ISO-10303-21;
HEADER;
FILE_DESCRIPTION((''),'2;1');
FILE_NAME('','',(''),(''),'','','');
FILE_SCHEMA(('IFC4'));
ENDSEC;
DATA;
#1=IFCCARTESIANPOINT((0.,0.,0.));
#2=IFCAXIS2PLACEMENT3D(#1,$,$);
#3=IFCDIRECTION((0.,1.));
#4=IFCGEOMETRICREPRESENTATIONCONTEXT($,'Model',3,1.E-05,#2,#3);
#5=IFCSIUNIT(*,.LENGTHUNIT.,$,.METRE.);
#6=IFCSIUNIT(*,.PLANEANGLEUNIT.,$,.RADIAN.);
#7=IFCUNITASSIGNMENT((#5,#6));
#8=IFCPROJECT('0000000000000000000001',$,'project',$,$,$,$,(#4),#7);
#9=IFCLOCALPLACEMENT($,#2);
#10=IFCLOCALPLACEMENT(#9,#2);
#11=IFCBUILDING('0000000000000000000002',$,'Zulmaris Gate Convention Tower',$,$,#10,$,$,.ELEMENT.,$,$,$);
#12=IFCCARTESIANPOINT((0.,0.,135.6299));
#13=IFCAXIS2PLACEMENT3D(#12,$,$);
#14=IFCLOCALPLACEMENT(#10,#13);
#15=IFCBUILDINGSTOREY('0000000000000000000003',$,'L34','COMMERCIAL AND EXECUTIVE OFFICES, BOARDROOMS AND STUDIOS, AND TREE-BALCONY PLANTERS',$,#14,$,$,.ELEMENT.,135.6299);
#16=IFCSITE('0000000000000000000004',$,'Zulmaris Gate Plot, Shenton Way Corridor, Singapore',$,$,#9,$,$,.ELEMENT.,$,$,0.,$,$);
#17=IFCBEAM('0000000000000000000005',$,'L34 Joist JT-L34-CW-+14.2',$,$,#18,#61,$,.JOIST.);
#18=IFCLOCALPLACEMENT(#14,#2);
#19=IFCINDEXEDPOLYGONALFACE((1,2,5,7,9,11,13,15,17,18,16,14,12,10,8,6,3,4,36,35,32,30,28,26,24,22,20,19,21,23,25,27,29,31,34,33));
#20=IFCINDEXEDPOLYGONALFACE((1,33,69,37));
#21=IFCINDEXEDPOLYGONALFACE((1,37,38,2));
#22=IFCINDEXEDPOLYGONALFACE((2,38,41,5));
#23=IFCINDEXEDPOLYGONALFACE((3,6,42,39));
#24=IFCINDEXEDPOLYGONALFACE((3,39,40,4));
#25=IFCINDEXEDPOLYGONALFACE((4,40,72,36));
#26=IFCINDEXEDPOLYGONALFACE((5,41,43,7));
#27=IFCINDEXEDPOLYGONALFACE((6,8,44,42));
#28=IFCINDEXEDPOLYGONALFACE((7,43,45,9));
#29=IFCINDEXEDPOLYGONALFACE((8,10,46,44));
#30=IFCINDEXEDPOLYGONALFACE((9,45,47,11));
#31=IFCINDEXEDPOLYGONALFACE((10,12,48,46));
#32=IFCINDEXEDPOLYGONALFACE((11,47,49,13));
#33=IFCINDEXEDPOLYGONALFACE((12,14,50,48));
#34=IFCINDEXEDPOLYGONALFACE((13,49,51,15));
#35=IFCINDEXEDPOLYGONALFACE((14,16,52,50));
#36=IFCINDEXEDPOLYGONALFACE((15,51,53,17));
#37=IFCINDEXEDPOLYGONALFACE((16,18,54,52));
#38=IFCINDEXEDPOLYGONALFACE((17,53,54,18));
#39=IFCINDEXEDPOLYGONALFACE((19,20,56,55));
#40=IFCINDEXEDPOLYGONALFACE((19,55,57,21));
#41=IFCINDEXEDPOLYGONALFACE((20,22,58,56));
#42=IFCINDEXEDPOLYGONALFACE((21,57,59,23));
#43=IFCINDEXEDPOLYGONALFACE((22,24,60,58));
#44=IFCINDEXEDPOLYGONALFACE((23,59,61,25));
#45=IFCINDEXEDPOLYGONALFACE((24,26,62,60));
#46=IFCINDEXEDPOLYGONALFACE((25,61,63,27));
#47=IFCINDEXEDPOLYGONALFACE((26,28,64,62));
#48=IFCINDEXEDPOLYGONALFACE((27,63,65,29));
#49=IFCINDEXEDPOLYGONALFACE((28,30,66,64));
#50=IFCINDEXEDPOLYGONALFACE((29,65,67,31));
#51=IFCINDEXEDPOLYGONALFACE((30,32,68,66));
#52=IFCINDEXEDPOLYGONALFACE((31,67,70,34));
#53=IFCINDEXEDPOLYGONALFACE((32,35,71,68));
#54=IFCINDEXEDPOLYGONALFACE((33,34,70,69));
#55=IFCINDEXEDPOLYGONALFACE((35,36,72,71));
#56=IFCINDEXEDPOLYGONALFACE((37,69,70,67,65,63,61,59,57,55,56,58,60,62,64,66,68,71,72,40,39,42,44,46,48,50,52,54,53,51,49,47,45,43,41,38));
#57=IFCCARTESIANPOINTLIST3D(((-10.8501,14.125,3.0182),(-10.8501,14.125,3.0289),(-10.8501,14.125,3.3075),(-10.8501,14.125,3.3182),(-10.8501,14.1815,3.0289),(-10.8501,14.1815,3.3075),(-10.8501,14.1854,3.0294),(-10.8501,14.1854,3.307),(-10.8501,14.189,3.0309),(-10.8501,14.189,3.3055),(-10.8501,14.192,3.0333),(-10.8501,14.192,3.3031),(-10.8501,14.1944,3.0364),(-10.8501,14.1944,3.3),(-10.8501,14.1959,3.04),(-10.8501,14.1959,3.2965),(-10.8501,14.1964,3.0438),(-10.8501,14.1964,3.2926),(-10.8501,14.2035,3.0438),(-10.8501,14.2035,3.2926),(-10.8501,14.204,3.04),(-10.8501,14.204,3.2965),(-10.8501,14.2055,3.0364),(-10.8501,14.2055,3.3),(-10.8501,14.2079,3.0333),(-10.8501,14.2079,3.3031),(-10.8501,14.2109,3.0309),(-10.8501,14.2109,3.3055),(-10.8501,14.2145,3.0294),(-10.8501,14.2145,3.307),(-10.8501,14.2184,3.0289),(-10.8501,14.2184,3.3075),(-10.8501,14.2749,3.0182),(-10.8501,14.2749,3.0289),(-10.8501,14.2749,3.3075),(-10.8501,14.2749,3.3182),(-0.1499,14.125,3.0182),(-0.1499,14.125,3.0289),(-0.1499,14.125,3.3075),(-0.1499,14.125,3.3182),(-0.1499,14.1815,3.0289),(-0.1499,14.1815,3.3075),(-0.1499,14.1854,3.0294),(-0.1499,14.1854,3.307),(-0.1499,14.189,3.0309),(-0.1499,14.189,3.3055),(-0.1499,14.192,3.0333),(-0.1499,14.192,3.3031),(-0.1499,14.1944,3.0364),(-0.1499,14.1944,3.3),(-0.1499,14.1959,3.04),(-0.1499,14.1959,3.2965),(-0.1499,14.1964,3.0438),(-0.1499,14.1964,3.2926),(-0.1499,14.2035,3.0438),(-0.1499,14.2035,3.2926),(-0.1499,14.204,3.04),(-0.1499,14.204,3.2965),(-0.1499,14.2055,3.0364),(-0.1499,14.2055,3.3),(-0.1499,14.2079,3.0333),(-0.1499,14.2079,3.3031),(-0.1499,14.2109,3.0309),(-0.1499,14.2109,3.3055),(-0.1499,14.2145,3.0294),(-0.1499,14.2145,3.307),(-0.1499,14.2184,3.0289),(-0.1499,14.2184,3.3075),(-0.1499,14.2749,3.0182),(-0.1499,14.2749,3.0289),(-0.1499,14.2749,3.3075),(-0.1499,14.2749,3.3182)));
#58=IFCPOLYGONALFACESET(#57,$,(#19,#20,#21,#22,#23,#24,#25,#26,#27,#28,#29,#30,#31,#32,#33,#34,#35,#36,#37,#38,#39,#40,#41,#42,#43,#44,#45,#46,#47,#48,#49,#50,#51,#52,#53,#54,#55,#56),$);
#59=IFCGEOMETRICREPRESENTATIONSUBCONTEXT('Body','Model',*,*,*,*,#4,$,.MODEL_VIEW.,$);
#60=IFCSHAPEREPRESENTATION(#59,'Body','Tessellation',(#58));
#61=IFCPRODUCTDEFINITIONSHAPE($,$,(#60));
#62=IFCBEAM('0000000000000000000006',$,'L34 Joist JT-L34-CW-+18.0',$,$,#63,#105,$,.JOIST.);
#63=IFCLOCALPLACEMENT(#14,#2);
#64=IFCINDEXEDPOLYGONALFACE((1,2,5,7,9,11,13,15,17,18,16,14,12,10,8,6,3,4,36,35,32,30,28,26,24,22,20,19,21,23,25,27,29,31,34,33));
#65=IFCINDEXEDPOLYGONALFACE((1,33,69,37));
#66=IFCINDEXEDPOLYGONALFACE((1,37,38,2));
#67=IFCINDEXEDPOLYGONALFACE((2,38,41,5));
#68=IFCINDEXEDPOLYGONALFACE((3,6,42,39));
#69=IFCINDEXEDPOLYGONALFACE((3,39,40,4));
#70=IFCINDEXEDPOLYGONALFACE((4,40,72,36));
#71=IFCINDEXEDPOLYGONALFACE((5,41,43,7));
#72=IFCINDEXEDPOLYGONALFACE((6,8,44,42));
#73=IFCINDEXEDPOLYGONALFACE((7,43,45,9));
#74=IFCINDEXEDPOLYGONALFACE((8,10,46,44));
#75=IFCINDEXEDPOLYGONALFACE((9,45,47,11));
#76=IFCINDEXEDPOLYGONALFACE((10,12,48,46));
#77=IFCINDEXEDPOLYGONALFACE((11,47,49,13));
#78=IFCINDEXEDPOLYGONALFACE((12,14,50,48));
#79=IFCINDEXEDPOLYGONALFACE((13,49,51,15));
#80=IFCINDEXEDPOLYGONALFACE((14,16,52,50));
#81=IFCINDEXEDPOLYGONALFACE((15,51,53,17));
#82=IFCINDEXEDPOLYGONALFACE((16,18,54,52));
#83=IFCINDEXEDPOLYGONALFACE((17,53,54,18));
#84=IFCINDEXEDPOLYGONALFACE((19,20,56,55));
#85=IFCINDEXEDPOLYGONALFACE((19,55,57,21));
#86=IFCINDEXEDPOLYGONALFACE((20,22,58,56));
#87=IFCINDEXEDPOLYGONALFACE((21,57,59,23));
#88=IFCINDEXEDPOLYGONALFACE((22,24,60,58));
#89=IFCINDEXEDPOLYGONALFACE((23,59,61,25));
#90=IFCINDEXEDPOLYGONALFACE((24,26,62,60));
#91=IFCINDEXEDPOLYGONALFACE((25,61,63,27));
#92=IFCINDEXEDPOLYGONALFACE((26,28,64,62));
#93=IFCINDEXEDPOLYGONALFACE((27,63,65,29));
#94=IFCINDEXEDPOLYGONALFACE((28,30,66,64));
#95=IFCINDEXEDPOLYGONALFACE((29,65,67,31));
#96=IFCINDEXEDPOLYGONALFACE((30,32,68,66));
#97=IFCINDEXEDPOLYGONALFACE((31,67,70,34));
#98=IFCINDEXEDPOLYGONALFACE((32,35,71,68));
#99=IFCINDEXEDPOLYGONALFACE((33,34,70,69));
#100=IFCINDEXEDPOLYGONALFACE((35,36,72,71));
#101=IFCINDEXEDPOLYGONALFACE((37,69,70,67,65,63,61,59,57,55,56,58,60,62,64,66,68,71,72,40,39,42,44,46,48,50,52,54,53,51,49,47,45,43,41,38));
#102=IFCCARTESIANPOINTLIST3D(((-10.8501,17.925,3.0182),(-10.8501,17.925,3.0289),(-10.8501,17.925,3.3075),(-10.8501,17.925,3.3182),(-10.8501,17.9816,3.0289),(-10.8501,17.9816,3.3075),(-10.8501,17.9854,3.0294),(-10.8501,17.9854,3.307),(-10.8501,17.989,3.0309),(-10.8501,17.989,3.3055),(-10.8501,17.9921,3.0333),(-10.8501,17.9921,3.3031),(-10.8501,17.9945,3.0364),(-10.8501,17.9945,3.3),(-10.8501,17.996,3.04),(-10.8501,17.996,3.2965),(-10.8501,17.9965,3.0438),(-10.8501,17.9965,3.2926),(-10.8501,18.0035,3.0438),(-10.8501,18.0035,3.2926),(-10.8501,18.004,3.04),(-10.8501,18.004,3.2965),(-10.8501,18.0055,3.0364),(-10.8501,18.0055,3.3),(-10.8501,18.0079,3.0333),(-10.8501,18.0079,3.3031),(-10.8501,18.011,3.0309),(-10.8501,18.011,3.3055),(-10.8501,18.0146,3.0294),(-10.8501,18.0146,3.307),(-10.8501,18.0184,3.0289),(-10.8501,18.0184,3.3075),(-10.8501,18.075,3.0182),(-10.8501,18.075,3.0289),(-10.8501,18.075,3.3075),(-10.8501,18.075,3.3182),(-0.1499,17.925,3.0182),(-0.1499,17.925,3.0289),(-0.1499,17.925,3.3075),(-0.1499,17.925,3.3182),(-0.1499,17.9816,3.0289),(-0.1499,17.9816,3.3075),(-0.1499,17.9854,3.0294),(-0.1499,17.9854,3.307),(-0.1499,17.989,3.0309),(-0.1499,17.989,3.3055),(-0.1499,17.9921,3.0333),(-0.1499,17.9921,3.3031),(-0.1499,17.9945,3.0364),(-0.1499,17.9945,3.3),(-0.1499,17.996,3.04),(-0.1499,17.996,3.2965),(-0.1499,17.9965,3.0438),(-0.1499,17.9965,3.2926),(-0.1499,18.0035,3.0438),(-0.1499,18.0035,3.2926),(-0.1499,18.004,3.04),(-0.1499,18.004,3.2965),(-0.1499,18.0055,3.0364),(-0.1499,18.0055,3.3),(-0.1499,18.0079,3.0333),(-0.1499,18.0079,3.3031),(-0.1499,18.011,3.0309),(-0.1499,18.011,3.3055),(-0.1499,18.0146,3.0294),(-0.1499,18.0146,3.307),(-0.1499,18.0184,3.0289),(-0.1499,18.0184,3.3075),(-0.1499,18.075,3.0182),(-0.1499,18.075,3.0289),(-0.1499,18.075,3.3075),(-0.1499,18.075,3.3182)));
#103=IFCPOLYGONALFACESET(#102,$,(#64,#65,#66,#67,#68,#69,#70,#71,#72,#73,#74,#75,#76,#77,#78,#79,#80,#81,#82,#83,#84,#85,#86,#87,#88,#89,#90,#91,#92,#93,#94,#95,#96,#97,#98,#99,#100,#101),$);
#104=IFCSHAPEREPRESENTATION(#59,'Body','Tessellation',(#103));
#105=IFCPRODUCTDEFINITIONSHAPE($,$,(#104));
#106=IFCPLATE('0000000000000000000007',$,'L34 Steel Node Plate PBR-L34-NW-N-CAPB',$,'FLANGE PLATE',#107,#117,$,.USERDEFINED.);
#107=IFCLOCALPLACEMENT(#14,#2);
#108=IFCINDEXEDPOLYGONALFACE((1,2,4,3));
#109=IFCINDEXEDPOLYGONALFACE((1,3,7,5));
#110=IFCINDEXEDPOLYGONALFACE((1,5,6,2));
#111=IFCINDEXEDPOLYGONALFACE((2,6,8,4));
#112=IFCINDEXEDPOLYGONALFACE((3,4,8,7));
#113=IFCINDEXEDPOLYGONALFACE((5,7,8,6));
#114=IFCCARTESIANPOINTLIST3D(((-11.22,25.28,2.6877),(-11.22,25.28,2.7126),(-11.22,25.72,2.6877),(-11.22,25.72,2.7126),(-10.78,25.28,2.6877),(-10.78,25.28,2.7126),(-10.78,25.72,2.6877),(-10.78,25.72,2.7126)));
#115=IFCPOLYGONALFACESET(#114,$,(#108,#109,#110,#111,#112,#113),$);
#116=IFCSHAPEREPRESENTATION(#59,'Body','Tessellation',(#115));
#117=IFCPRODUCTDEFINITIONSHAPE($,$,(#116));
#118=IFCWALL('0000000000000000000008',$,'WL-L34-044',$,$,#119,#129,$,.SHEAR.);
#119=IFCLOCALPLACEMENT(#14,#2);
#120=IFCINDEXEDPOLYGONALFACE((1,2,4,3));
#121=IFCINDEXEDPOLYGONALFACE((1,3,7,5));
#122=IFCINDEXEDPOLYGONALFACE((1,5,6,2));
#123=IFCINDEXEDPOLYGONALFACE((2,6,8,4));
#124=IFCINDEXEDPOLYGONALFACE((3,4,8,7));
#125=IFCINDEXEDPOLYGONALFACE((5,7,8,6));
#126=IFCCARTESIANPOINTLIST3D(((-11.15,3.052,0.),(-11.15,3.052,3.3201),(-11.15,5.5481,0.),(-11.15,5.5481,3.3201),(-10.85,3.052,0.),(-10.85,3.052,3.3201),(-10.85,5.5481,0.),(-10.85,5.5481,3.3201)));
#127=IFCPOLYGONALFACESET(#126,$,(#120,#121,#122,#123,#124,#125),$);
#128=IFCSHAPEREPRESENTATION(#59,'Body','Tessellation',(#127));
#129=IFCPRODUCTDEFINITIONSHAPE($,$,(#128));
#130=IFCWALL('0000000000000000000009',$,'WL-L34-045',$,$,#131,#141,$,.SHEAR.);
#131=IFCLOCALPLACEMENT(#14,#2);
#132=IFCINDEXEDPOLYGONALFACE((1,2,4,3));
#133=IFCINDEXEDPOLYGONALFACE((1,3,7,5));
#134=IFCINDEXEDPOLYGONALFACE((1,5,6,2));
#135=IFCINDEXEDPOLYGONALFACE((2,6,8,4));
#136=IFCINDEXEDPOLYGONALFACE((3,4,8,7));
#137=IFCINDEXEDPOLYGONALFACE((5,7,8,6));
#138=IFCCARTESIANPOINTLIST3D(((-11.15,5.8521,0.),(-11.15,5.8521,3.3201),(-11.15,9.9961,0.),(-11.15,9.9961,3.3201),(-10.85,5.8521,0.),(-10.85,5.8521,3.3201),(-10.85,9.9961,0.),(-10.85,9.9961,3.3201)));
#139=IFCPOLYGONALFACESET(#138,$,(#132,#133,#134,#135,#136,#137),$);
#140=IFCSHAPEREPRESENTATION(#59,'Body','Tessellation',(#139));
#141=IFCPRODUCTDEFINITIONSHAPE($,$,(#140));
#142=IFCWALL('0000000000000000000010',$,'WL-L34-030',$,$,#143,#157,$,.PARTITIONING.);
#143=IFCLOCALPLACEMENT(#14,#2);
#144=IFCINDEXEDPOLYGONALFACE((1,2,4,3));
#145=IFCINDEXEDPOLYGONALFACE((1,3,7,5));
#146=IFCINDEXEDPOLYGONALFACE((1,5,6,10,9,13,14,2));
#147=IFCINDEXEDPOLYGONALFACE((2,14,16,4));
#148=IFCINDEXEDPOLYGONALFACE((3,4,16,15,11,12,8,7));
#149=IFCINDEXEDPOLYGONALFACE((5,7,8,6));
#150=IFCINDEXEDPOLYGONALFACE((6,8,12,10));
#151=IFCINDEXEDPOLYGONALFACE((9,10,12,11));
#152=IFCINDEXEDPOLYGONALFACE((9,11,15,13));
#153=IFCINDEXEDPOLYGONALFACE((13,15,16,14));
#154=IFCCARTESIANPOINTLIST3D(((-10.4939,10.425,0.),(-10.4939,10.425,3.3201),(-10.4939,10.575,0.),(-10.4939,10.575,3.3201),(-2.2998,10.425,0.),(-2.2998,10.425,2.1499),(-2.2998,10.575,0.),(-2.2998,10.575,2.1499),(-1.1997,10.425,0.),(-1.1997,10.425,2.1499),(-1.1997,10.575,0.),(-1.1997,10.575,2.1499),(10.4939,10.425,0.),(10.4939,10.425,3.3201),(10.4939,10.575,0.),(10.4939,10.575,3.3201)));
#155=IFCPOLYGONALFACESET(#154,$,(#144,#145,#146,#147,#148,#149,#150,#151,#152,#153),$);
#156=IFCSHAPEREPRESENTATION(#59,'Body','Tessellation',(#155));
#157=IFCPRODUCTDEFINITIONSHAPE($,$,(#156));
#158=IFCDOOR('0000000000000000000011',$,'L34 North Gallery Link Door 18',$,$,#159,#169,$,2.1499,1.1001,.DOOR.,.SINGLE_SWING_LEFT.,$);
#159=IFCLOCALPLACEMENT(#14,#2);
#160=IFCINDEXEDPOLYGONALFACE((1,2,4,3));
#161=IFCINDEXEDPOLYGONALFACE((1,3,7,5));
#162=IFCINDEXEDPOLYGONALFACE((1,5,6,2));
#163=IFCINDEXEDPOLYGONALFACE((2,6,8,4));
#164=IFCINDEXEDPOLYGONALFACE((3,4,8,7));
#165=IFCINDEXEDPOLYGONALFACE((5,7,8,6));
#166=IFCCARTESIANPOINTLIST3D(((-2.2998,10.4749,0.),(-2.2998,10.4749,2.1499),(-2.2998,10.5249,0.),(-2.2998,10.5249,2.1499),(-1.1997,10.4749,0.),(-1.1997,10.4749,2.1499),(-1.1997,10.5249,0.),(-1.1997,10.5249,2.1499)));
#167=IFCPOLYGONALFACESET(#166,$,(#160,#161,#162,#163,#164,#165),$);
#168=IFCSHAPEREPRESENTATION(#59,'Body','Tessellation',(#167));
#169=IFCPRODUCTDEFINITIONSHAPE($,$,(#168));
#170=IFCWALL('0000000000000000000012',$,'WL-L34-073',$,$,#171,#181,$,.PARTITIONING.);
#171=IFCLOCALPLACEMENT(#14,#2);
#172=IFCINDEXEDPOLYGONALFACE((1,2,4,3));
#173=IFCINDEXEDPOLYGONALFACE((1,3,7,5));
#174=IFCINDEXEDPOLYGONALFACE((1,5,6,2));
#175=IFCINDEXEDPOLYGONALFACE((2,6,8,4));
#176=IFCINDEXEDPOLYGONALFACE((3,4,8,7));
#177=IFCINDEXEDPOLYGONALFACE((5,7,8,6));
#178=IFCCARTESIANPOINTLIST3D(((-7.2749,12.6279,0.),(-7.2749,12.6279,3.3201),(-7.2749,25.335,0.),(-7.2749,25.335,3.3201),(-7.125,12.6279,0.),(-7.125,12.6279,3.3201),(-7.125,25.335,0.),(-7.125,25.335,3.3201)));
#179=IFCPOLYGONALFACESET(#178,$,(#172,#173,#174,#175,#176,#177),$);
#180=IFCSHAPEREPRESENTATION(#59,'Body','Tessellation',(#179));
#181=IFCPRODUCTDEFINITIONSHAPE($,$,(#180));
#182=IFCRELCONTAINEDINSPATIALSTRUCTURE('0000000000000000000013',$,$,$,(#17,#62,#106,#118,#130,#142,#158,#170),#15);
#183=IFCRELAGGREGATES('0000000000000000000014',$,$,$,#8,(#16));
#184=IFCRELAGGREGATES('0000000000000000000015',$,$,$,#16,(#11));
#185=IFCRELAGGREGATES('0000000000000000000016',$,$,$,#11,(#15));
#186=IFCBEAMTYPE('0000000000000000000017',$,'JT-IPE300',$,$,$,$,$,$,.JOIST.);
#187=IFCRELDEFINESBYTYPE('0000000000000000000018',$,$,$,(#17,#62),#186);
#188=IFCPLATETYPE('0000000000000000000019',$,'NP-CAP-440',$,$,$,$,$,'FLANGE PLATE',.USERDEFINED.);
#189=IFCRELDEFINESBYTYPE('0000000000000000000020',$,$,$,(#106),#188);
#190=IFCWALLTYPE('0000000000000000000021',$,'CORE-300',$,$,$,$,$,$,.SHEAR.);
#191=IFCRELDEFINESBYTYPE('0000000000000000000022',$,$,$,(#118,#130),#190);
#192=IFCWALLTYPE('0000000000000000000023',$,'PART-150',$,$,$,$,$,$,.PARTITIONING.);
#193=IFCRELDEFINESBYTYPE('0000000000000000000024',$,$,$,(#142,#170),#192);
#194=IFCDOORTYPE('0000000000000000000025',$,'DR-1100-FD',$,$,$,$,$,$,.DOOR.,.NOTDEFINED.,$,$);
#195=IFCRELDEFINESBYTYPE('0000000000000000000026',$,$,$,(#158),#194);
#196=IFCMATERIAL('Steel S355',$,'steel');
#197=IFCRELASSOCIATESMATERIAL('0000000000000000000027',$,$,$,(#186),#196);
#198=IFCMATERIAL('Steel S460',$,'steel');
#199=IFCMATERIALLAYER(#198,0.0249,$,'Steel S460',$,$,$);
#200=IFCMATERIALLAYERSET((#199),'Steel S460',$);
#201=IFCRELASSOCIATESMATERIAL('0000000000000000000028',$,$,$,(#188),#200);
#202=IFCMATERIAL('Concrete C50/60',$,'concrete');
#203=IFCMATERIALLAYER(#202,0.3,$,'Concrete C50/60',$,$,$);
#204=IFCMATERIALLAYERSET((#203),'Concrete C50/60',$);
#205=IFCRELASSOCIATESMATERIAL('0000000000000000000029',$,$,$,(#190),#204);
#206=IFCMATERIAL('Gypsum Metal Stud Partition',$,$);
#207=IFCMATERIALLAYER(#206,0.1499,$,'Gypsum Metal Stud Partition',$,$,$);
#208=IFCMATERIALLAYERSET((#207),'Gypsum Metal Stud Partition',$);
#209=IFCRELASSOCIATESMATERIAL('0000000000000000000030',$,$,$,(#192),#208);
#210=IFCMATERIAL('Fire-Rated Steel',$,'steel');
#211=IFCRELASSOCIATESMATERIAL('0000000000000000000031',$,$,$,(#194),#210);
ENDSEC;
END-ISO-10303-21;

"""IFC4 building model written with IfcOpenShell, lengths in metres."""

from ifc_helpers import new_model, si_unit, direction, frame, frame_2d, origin, origin_2d, place, context, subcontext, project, spatial, rectangle, i_section, extrude, material, layer, layer_set, material_profile, profile_set, type_object, element, fill, save


model = new_model("IFC4")

# Units and contexts
model_context = context("Model", 3, precision=1e-05, world=origin(), true_north=direction((0.0, 1.0)))
body_context = subcontext(model_context, "Body", "Model", "MODEL_VIEW")
ifc_project = project(units=[si_unit("LENGTHUNIT", "METRE"), si_unit("PLANEANGLEUNIT", "RADIAN")], contexts=[model_context])

# Site, building, storey
site_placement = place(None, origin())
site = spatial("IfcSite", under=ifc_project, at=site_placement, Name="Zulmaris Gate Plot, Shenton Way Corridor, Singapore", CompositionType="ELEMENT", RefElevation=0.0)
building_placement = place(site_placement, origin())
building = spatial("IfcBuilding", under=site, at=building_placement, Name="Zulmaris Gate Convention Tower", CompositionType="ELEMENT")
storey_placement = place(building_placement, frame((0.0, 0.0, 135.6299)))
storey = spatial("IfcBuildingStorey", under=building, at=storey_placement, Name="L34", Description="COMMERCIAL AND EXECUTIVE OFFICES, BOARDROOMS AND STUDIOS, AND TREE-BALCONY PLANTERS", CompositionType="ELEMENT", Elevation=135.6299)

# Beams
ifc_material_1 = material(Name="Steel S355", Category="steel")
ifc_material_profile_1 = material_profile(ifc_material_1, i_section(OverallWidth=0.1499, OverallDepth=0.3, WebThickness=0.0071, FlangeThickness=0.0107, FilletRadius=0.0149, at=origin_2d()), Name="IPE 300")
ifc_profile_set_1 = profile_set([ifc_material_profile_1], Name="Steel S355")
beam_type_1 = type_object("IfcBeamType", Name="JT-IPE300", PredefinedType="JOIST", material=ifc_profile_set_1)
for number, where, z_axis, x_axis, name in (
    (1, (-10.8501, 14.2, 3.1682), (1.0, 0.0, 0.0), (0.0, 1.0, 0.0), "L34 Joist JT-L34-CW-+14.2"),
    (2, (-10.8501, 18.0, 3.1682), (1.0, 0.0, 0.0), (0.0, 1.0, 0.0), "L34 Joist JT-L34-CW-+18.0"),
):
    element("IfcBeam", number, at=place(storey_placement, frame(where, z_axis=z_axis, x_axis=x_axis)), inside=storey, type_object=beam_type_1, Name=name, PredefinedType="JOIST", context=body_context, shape_type="SweptSolid", body=[
        extrude(i_section(OverallWidth=0.1499, OverallDepth=0.3, WebThickness=0.0071, FlangeThickness=0.0107, FilletRadius=0.0149, at=origin_2d()), origin(), (0.0, 0.0, 1.0), 10.7002),
    ])

# Plate
ifc_material_2 = material(Name="Steel S460", Category="steel")
ifc_layer_1 = layer(ifc_material_2, 0.0249, Name="Steel S460")
ifc_layer_set_1 = layer_set([ifc_layer_1], Name="Steel S460")
plate_type = type_object("IfcPlateType", Name="NP-CAP-440", ElementType="FLANGE PLATE", PredefinedType="USERDEFINED", material=ifc_layer_set_1)
plate_placement = place(storey_placement, frame((-11.0, 25.5, 2.6877), z_axis=(0.0, 0.0, 1.0), x_axis=(1.0, 0.0, 0.0)))
element("IfcPlate", 3, at=plate_placement, inside=storey, type_object=plate_type, Name="L34 Steel Node Plate PBR-L34-NW-N-CAPB", ObjectType="FLANGE PLATE", PredefinedType="USERDEFINED", context=body_context, shape_type="SweptSolid", body=[
    extrude(rectangle(XDim=0.4399, YDim=0.4399, at=origin_2d()), origin(), (0.0, 0.0, 1.0), 0.0249),
])

# Walls
ifc_material_3 = material(Name="Concrete C50/60", Category="concrete")
ifc_layer_2 = layer(ifc_material_3, 0.3, Name="Concrete C50/60")
ifc_layer_set_2 = layer_set([ifc_layer_2], Name="Concrete C50/60")
wall_type_1 = type_object("IfcWallType", Name="CORE-300", PredefinedType="SHEAR", material=ifc_layer_set_2)
wall_1_placement = place(storey_placement, frame((-11.0, 3.052, 0.0), z_axis=(0.0, 0.0, 1.0), x_axis=(0.0, 1.0, 0.0)))
element("IfcWall", 4, at=wall_1_placement, inside=storey, type_object=wall_type_1, Name="WL-L34-044", PredefinedType="SHEAR", context=body_context, shape_type="SweptSolid", body=[
    extrude(rectangle(XDim=2.4961, YDim=0.3, at=frame_2d((1.248, 0.0))), origin(), (0.0, 0.0, 1.0), 3.3201),
])
wall_2_placement = place(storey_placement, frame((-11.0, 5.8521, 0.0), z_axis=(0.0, 0.0, 1.0), x_axis=(0.0, 1.0, 0.0)))
element("IfcWall", 5, at=wall_2_placement, inside=storey, type_object=wall_type_1, Name="WL-L34-045", PredefinedType="SHEAR", context=body_context, shape_type="SweptSolid", body=[
    extrude(rectangle(XDim=4.144, YDim=0.3, at=frame_2d((2.072, 0.0))), origin(), (0.0, 0.0, 1.0), 3.3201),
])

# Wall, opening, door
ifc_material_4 = material(Name="Gypsum Metal Stud Partition")
ifc_layer_3 = layer(ifc_material_4, 0.1499, Name="Gypsum Metal Stud Partition")
ifc_layer_set_3 = layer_set([ifc_layer_3], Name="Gypsum Metal Stud Partition")
wall_type_2 = type_object("IfcWallType", Name="PART-150", PredefinedType="PARTITIONING", material=ifc_layer_set_3)
wall_3_placement = place(storey_placement, frame((-10.4939, 10.5, 0.0), z_axis=(0.0, 0.0, 1.0), x_axis=(1.0, 0.0, 0.0)))
wall_3 = element("IfcWall", 6, at=wall_3_placement, inside=storey, type_object=wall_type_2, Name="WL-L34-030", PredefinedType="PARTITIONING", context=body_context, shape_type="SweptSolid", body=[
    extrude(rectangle(XDim=20.9878, YDim=0.1499, at=frame_2d((10.4939, 0.0))), origin(), (0.0, 0.0, 1.0), 3.3201),
])
opening_1_placement = place(wall_3_placement, frame((8.1941, 0.0, 0.0)))
opening_1 = element("IfcOpeningElement", 7, at=opening_1_placement, cuts=wall_3, PredefinedType="OPENING", context=body_context, shape_type="SweptSolid", body=[
    extrude(rectangle(XDim=1.1001, YDim=2.1499, at=frame_2d((0.55, 1.075))), frame((0.0, 0.085, 0.0), z_axis=(0.0, -1.0, 0.0), x_axis=(1.0, 0.0, 0.0)), (0.0, 0.0, 1.0), 0.1699),
])
ifc_material_5 = material(Name="Fire-Rated Steel", Category="steel")
door_type_1 = type_object("IfcDoorType", Name="DR-1100-FD", OperationType="NOTDEFINED", PredefinedType="DOOR", material=ifc_material_5)
door_1_placement = place(opening_1_placement, origin())
door_1 = element("IfcDoor", 8, at=door_1_placement, inside=storey, type_object=door_type_1, Name="L34 North Gallery Link Door 18", OperationType="SINGLE_SWING_LEFT", OverallHeight=2.1499, OverallWidth=1.1001, PredefinedType="DOOR", context=body_context, shape_type="SweptSolid", body=[
    extrude(rectangle(XDim=1.1001, YDim=2.1499, at=frame_2d((0.55, 1.075))), frame((0.0, 0.0249, 0.0), z_axis=(0.0, -1.0, 0.0), x_axis=(1.0, 0.0, 0.0)), (0.0, 0.0, 1.0), 0.05),
])
fill(opening_1, door_1)

# Wall
wall_4_placement = place(storey_placement, frame((-7.2, 12.6279, 0.0), z_axis=(0.0, 0.0, 1.0), x_axis=(0.0, 1.0, 0.0)))
element("IfcWall", 9, at=wall_4_placement, inside=storey, type_object=wall_type_2, Name="WL-L34-073", PredefinedType="PARTITIONING", context=body_context, shape_type="SweptSolid", body=[
    extrude(rectangle(XDim=12.707, YDim=0.1499, at=frame_2d((6.3535, 0.0))), origin(), (0.0, 0.0, 1.0), 3.3201),
])

save(model, "model.ifc")
